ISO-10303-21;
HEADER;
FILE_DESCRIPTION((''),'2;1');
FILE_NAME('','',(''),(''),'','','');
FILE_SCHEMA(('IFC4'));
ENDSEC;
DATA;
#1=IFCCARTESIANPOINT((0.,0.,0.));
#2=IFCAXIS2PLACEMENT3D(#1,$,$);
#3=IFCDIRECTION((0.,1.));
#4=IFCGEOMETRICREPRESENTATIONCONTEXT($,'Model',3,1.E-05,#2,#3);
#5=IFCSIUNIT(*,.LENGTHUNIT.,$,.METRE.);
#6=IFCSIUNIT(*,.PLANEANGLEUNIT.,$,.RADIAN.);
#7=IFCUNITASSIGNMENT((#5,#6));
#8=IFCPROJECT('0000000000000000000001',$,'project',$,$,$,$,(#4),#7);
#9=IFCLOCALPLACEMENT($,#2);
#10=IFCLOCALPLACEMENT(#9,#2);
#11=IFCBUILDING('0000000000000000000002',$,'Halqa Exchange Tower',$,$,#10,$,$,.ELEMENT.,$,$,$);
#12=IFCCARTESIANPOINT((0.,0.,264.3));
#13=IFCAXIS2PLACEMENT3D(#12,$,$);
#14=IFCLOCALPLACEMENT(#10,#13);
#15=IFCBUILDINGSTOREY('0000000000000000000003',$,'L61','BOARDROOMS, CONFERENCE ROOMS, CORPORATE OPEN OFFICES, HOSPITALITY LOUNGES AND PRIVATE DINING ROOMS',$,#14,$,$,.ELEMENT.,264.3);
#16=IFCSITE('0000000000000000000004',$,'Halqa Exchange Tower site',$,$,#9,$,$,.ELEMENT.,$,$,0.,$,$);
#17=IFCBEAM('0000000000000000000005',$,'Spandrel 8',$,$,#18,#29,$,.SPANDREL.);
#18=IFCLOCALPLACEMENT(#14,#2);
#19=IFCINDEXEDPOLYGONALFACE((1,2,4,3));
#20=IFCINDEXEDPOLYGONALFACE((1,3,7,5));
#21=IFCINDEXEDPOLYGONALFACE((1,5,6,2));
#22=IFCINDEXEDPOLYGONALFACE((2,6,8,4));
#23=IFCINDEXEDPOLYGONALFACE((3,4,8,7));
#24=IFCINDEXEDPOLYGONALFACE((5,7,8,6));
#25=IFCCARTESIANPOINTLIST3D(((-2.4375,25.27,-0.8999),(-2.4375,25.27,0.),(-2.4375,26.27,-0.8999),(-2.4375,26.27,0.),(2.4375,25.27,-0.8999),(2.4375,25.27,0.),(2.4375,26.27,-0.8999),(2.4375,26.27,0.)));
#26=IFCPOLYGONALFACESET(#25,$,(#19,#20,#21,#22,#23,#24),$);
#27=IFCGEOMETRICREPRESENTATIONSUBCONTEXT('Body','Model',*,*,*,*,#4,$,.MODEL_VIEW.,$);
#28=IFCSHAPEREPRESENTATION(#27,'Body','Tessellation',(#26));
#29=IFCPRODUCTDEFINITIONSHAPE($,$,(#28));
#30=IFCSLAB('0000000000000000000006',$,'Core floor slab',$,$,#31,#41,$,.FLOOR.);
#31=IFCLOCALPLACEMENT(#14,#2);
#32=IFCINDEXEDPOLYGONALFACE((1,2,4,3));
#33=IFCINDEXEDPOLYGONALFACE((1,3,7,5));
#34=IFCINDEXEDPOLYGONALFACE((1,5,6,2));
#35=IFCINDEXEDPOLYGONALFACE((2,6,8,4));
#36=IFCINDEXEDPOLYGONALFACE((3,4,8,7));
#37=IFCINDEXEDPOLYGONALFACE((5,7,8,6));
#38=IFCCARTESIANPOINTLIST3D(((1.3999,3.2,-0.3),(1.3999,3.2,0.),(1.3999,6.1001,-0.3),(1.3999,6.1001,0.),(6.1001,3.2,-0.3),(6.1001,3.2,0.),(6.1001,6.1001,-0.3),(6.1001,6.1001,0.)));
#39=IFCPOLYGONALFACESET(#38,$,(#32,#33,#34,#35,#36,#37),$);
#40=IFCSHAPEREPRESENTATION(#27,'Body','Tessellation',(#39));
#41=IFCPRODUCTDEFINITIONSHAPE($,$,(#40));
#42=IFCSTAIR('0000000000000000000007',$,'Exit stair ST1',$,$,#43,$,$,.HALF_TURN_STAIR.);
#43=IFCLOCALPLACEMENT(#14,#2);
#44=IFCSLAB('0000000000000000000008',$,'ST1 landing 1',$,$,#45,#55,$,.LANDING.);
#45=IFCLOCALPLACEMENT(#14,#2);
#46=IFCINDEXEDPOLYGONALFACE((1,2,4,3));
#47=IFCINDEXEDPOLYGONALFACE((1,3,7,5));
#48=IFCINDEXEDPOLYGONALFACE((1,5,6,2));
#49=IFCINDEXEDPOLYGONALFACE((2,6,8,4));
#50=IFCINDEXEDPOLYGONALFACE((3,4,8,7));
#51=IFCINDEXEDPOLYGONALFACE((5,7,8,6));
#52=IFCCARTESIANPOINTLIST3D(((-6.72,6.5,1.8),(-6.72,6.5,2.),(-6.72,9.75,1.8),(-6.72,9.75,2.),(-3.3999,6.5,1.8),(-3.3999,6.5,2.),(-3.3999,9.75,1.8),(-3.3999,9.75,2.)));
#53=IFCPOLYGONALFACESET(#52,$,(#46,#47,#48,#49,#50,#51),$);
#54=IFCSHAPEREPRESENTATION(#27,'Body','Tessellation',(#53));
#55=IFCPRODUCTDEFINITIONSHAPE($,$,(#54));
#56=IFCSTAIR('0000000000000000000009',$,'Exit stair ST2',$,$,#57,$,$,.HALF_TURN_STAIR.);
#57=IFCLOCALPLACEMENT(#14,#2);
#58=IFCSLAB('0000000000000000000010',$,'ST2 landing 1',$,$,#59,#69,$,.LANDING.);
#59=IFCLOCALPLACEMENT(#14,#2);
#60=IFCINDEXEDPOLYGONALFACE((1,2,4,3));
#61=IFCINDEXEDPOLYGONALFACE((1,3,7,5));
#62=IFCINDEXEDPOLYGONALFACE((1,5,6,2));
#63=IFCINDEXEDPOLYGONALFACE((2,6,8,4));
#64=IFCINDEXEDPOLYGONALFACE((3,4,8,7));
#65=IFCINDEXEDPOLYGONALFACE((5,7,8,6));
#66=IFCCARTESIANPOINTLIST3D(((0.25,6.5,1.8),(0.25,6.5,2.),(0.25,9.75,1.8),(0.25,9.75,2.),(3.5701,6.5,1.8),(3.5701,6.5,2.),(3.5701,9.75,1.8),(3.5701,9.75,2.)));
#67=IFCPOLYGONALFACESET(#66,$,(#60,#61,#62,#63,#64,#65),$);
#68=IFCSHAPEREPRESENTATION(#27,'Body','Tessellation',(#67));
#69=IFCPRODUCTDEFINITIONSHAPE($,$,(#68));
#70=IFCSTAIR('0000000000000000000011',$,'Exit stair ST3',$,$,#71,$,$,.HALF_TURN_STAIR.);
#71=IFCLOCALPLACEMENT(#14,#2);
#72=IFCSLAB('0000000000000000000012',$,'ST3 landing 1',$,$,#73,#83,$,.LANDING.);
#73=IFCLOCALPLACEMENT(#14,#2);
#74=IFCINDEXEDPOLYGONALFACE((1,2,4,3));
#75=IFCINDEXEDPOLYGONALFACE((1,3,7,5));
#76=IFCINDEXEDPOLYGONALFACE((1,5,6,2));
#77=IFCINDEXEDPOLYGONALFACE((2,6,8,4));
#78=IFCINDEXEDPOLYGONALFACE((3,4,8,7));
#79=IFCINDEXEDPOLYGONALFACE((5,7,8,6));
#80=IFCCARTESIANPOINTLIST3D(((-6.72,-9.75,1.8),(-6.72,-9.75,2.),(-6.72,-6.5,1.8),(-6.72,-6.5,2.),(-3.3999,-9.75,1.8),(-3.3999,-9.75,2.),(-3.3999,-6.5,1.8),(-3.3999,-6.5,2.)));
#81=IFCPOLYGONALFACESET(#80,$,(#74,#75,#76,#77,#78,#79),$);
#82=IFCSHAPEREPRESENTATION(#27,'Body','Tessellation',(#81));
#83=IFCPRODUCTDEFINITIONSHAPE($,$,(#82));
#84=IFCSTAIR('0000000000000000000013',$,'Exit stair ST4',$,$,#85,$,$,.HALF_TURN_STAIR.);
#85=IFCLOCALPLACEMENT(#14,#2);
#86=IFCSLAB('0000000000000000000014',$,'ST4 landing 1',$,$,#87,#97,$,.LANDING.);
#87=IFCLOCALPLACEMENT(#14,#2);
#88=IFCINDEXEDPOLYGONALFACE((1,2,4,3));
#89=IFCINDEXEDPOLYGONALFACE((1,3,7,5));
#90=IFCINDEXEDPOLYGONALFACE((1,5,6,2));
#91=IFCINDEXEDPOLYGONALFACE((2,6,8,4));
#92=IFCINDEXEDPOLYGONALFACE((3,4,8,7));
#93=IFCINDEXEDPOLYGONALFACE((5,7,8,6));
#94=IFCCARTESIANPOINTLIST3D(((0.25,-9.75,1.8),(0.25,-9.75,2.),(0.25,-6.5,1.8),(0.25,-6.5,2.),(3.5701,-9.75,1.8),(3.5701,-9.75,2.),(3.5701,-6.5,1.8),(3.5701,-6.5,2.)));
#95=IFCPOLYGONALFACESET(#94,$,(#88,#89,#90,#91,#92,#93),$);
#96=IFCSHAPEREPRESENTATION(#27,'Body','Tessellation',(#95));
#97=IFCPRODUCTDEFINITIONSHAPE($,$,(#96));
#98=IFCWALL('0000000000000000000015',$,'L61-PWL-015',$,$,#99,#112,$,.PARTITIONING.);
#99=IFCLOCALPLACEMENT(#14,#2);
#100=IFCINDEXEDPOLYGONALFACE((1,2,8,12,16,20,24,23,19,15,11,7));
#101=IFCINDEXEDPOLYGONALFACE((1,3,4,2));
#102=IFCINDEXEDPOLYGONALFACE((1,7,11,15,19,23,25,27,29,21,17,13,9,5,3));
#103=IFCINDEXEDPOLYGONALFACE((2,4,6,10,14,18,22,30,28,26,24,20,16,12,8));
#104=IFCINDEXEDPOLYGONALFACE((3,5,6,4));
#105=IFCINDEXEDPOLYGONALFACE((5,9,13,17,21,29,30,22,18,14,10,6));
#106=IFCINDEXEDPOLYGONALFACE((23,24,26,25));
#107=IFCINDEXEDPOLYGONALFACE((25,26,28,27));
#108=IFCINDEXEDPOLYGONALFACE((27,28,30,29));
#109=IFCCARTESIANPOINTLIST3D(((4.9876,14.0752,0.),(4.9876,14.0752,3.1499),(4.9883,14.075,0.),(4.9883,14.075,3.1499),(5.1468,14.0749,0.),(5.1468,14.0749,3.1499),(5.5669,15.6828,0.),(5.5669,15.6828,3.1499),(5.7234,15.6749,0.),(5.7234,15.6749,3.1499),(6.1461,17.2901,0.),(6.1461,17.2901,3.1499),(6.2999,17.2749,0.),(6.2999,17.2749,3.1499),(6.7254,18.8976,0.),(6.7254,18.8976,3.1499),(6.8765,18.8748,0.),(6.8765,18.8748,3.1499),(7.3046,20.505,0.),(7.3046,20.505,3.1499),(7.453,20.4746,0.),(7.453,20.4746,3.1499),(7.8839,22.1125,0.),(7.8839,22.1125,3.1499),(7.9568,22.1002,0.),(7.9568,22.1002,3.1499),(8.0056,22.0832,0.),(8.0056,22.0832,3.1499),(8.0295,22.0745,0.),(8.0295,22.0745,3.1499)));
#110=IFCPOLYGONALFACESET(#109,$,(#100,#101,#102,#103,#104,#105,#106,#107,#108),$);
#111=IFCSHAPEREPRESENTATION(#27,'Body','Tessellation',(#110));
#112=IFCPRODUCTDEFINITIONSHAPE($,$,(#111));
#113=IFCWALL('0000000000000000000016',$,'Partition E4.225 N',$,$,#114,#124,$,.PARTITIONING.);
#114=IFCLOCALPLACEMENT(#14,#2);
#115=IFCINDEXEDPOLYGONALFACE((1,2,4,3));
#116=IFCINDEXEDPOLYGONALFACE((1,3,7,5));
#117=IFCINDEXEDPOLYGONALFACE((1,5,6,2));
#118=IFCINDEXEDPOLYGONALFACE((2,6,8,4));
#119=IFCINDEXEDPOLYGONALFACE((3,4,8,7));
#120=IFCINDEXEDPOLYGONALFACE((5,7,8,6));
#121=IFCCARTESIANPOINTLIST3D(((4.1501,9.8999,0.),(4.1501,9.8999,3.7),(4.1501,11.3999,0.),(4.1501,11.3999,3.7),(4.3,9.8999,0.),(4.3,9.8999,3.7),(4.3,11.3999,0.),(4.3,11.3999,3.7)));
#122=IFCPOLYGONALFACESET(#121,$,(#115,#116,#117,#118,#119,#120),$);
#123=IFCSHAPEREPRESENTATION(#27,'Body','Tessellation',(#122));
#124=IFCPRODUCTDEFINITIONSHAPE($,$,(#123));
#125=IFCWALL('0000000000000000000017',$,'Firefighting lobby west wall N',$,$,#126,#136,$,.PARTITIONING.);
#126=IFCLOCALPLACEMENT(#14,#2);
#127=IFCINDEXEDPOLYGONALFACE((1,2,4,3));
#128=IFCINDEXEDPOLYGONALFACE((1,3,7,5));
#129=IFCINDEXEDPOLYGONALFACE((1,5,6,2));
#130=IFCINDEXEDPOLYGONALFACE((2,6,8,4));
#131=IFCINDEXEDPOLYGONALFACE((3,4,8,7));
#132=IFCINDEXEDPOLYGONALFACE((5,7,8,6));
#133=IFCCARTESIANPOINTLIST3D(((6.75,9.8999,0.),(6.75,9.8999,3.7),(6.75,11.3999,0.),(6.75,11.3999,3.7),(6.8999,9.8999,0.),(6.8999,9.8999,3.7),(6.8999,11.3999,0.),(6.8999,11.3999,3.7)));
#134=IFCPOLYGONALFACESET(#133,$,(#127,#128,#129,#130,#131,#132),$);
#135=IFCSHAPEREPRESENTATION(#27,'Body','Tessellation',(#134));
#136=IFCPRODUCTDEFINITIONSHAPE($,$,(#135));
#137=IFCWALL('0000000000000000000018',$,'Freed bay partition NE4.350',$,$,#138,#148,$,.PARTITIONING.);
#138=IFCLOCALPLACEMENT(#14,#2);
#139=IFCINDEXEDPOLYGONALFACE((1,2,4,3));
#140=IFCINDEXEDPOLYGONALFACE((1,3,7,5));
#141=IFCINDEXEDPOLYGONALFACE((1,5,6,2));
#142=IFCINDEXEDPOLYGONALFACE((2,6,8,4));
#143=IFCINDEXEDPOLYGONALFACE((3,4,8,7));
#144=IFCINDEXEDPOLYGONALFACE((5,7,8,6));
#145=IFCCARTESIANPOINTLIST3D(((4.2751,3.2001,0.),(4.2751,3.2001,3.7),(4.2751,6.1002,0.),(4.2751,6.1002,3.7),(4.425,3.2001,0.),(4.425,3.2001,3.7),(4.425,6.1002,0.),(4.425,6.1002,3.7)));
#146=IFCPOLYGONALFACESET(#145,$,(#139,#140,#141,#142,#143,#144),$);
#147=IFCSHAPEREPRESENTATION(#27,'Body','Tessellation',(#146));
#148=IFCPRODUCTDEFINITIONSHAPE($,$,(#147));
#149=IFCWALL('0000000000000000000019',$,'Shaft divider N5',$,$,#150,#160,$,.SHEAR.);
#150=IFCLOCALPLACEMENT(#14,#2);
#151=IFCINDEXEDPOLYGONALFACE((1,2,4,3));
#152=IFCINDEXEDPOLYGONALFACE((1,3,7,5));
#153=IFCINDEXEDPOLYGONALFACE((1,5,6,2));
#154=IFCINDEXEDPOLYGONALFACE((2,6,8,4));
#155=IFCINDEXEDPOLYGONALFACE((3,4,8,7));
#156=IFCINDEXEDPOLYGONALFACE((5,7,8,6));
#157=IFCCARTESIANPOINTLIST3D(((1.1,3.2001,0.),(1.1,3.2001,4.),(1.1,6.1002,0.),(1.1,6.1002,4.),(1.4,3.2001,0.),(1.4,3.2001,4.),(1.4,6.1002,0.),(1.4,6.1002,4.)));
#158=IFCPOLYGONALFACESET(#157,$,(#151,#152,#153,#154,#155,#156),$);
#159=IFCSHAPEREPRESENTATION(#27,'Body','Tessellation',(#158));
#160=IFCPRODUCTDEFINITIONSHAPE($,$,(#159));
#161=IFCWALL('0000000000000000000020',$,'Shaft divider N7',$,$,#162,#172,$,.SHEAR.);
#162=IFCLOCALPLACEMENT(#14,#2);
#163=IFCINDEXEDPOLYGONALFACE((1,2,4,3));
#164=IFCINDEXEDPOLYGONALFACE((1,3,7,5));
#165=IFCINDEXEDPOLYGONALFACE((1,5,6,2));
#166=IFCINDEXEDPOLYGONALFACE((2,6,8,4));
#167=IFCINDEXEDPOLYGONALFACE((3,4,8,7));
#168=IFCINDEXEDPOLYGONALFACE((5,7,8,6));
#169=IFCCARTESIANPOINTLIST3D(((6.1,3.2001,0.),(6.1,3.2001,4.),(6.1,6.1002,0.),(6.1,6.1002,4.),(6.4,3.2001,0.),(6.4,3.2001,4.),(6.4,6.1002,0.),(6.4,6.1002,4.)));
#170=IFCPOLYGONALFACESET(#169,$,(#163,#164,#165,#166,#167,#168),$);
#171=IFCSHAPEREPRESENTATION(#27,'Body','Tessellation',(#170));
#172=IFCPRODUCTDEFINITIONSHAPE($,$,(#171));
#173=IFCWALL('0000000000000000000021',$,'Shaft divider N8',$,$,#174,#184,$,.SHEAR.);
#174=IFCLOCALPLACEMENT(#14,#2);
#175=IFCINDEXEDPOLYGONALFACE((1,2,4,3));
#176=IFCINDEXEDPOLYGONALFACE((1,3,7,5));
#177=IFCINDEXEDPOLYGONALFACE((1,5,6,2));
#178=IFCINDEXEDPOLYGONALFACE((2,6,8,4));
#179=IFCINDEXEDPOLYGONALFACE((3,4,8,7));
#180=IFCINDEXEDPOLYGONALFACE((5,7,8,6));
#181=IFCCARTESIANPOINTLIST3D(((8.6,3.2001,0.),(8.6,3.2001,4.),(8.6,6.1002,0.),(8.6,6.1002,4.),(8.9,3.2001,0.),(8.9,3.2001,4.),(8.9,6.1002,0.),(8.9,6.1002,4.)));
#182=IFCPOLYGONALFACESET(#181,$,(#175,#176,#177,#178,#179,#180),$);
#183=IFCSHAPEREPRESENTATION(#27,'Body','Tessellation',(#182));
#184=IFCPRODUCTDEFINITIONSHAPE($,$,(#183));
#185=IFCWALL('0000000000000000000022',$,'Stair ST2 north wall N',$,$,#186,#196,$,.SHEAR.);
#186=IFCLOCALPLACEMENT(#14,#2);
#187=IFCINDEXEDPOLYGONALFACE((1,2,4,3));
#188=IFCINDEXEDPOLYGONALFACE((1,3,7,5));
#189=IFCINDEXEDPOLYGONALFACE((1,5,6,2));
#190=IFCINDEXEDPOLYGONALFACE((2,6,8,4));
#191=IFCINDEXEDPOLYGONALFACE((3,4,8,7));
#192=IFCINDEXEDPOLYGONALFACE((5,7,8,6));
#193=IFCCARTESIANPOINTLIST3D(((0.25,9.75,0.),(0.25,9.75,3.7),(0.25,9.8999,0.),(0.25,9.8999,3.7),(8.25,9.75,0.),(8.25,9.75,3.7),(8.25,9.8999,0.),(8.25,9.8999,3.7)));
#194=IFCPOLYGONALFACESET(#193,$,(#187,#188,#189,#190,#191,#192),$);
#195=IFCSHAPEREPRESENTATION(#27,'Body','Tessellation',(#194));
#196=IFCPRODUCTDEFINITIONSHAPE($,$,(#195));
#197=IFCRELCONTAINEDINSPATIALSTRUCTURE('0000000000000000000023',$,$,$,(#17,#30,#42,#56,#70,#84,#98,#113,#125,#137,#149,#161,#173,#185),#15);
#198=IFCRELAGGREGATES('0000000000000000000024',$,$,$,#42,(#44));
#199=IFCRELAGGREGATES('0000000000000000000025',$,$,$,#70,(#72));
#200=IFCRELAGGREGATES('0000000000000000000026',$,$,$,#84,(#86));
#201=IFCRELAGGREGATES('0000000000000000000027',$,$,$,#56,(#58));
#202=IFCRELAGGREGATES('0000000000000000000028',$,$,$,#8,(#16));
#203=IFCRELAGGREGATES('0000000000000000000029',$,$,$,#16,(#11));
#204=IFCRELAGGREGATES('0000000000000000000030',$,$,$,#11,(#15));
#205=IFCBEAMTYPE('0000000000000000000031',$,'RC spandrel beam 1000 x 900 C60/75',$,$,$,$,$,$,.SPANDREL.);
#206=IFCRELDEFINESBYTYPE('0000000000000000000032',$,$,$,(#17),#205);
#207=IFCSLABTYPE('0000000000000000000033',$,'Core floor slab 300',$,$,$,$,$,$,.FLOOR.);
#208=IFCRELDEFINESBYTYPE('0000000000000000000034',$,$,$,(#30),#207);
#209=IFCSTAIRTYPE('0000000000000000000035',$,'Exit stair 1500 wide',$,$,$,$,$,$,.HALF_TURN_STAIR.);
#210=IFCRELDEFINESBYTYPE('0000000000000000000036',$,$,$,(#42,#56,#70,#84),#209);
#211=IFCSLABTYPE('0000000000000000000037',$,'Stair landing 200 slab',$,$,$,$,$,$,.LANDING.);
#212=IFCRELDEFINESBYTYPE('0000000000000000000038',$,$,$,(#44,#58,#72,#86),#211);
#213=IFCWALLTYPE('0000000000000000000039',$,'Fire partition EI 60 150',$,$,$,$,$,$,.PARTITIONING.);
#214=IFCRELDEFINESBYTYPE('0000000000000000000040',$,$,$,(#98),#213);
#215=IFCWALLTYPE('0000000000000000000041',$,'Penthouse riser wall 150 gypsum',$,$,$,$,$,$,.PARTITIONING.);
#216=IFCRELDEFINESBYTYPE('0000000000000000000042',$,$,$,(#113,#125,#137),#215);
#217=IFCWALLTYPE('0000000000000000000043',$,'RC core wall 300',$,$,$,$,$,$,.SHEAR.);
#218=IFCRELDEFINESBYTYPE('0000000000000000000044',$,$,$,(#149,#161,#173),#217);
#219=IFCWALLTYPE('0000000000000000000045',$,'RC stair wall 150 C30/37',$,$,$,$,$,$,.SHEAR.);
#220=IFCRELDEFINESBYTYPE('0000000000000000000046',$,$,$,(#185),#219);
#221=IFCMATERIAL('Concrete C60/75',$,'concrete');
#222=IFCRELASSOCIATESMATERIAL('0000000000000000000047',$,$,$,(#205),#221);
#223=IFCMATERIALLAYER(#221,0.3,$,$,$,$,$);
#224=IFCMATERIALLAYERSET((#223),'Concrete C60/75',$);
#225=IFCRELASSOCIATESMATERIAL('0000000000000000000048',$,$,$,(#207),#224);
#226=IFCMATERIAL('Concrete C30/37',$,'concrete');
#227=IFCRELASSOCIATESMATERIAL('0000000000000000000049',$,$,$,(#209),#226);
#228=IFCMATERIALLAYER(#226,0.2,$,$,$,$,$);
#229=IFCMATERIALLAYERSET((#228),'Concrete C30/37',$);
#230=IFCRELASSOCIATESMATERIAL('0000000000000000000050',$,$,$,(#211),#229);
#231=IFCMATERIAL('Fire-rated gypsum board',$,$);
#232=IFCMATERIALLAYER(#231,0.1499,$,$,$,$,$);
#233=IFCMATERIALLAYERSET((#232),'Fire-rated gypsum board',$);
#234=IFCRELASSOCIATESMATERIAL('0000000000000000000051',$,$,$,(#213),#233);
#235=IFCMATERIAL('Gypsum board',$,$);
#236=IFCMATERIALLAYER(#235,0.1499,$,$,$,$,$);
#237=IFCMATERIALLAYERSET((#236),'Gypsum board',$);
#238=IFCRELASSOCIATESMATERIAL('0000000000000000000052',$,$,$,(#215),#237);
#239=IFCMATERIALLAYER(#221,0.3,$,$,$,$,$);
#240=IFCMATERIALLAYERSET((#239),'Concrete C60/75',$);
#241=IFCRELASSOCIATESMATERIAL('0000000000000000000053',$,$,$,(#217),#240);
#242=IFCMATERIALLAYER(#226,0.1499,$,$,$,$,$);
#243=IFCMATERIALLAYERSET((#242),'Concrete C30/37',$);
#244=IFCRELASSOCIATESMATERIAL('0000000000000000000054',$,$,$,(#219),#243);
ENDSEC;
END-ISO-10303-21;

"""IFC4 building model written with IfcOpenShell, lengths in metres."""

from ifc_helpers import new_model, si_unit, direction, frame, frame_2d, origin, origin_2d, place, context, subcontext, project, spatial, polyline, rectangle, outline, extrude, material, layer, layer_set, material_profile, profile_set, type_object, element, aggregate, save


model = new_model("IFC4")

# Units and contexts
model_context = context("Model", 3, precision=1e-05, world=origin(), true_north=direction((0.0, 1.0)))
body_context = subcontext(model_context, "Body", "Model", "MODEL_VIEW")
ifc_project = project(units=[si_unit("LENGTHUNIT", "METRE"), si_unit("PLANEANGLEUNIT", "RADIAN")], contexts=[model_context])

# Site, building, storey
site_placement = place(None, origin())
site = spatial("IfcSite", under=ifc_project, at=site_placement, Name="Halqa Exchange Tower site", CompositionType="ELEMENT", RefElevation=0.0)
building_placement = place(site_placement, origin())
building = spatial("IfcBuilding", under=site, at=building_placement, Name="Halqa Exchange Tower", CompositionType="ELEMENT")
storey_placement = place(building_placement, frame((0.0, 0.0, 264.3)))
storey = spatial("IfcBuildingStorey", under=building, at=storey_placement, Name="L61", Description="BOARDROOMS, CONFERENCE ROOMS, CORPORATE OPEN OFFICES, HOSPITALITY LOUNGES AND PRIVATE DINING ROOMS", CompositionType="ELEMENT", Elevation=264.3)

# Shared definitions
ifc_material_1 = material(Name="Concrete C60/75", Category="concrete")

# Beam
ifc_material_profile_1 = material_profile(ifc_material_1, rectangle(XDim=1.0, YDim=0.8999, at=origin_2d()), Name="1000 x 900")
ifc_profile_set_1 = profile_set([ifc_material_profile_1], Name="Concrete C60/75")
beam_type_1 = type_object("IfcBeamType", Name="RC spandrel beam 1000 x 900 C60/75", PredefinedType="SPANDREL", material=ifc_profile_set_1)
beam_1_placement = place(storey_placement, frame((2.4375, 25.77, -0.45), z_axis=(-1.0, 0.0, 0.0), x_axis=(0.0, -1.0, 0.0)))
element("IfcBeam", 1, at=beam_1_placement, inside=storey, type_object=beam_type_1, Name="Spandrel 8", PredefinedType="SPANDREL", context=body_context, shape_type="SweptSolid", body=[
    extrude(rectangle(XDim=1.0, YDim=0.8999, at=origin_2d()), origin(), (0.0, 0.0, 1.0), 4.875),
])

# Slab
ifc_layer_1 = layer(ifc_material_1, 0.3)
ifc_layer_set_1 = layer_set([ifc_layer_1], Name="Concrete C60/75")
slab_type_1 = type_object("IfcSlabType", Name="Core floor slab 300", PredefinedType="FLOOR", material=ifc_layer_set_1)
slab_1_placement = place(storey_placement, frame((0.0, 0.0, -0.3)))
element("IfcSlab", 2, at=slab_1_placement, inside=storey, type_object=slab_type_1, Name="Core floor slab", PredefinedType="FLOOR", context=body_context, shape_type="SweptSolid", body=[
    extrude(outline(polyline([(6.1001, 6.1001), (6.1001, 3.2), (1.3999, 3.2), (1.3999, 6.1001), (6.1001, 6.1001)])), origin(), (0.0, 0.0, 1.0), 0.3),
])

# Stairs, slabs
ifc_material_2 = material(Name="Concrete C30/37", Category="concrete")
stair_type = type_object("IfcStairType", Name="Exit stair 1500 wide", PredefinedType="HALF_TURN_STAIR", material=ifc_material_2)
stair_1_placement = place(storey_placement, origin())
stair_1 = element("IfcStair", 3, at=stair_1_placement, inside=storey, type_object=stair_type, Name="Exit stair ST1", PredefinedType="HALF_TURN_STAIR")
ifc_layer_2 = layer(ifc_material_2, 0.2)
ifc_layer_set_2 = layer_set([ifc_layer_2], Name="Concrete C30/37")
slab_type_2 = type_object("IfcSlabType", Name="Stair landing 200 slab", PredefinedType="LANDING", material=ifc_layer_set_2)
slab_2_placement = place(storey_placement, frame((0.0, 0.0, 1.8)))
slab_2 = element("IfcSlab", 4, at=slab_2_placement, type_object=slab_type_2, Name="ST1 landing 1", PredefinedType="LANDING", context=body_context, shape_type="SweptSolid", body=[
    extrude(outline(polyline([(-6.72, 6.5), (-3.3999, 6.5), (-3.3999, 9.75), (-6.72, 9.75), (-6.72, 6.5)])), origin(), (0.0, 0.0, 1.0), 0.2),
])
aggregate(stair_1, [slab_2])
stair_2_placement = place(storey_placement, origin())
stair_2 = element("IfcStair", 5, at=stair_2_placement, inside=storey, type_object=stair_type, Name="Exit stair ST2", PredefinedType="HALF_TURN_STAIR")
slab_3_placement = place(storey_placement, frame((0.0, 0.0, 1.8)))
slab_3 = element("IfcSlab", 6, at=slab_3_placement, type_object=slab_type_2, Name="ST2 landing 1", PredefinedType="LANDING", context=body_context, shape_type="SweptSolid", body=[
    extrude(outline(polyline([(0.25, 6.5), (3.5701, 6.5), (3.5701, 9.75), (0.25, 9.75), (0.25, 6.5)])), origin(), (0.0, 0.0, 1.0), 0.2),
])
stair_3_placement = place(storey_placement, origin())
stair_3 = element("IfcStair", 7, at=stair_3_placement, inside=storey, type_object=stair_type, Name="Exit stair ST3", PredefinedType="HALF_TURN_STAIR")
slab_4_placement = place(storey_placement, frame((0.0, 0.0, 1.8)))
slab_4 = element("IfcSlab", 8, at=slab_4_placement, type_object=slab_type_2, Name="ST3 landing 1", PredefinedType="LANDING", context=body_context, shape_type="SweptSolid", body=[
    extrude(outline(polyline([(-6.72, -9.75), (-3.3999, -9.75), (-3.3999, -6.5), (-6.72, -6.5), (-6.72, -9.75)])), origin(), (0.0, 0.0, 1.0), 0.2),
])
aggregate(stair_3, [slab_4])
stair_4_placement = place(storey_placement, origin())
stair_4 = element("IfcStair", 9, at=stair_4_placement, inside=storey, type_object=stair_type, Name="Exit stair ST4", PredefinedType="HALF_TURN_STAIR")
slab_5_placement = place(storey_placement, frame((0.0, 0.0, 1.8)))
slab_5 = element("IfcSlab", 10, at=slab_5_placement, type_object=slab_type_2, Name="ST4 landing 1", PredefinedType="LANDING", context=body_context, shape_type="SweptSolid", body=[
    extrude(outline(polyline([(0.25, -9.75), (3.5701, -9.75), (3.5701, -6.5), (0.25, -6.5), (0.25, -9.75)])), origin(), (0.0, 0.0, 1.0), 0.2),
])
aggregate(stair_4, [slab_5])

# Walls
ifc_material_3 = material(Name="Fire-rated gypsum board")
ifc_layer_3 = layer(ifc_material_3, 0.1499)
ifc_layer_set_3 = layer_set([ifc_layer_3], Name="Fire-rated gypsum board")
wall_type_1 = type_object("IfcWallType", Name="Fire partition EI 60 150", PredefinedType="PARTITIONING", material=ifc_layer_set_3)
wall_1_placement = place(storey_placement, frame((5.0581, 14.0498, 0.0), z_axis=(0.0, 0.0, 1.0), x_axis=(0.339015, 0.940781, 0.0)))
element("IfcWall", 11, at=wall_1_placement, inside=storey, type_object=wall_type_1, Name="L61-PWL-015", PredefinedType="PARTITIONING", context=body_context, shape_type="SweptSolid", body=[
    extrude(outline(polyline([(8.5569, -0.075), (8.5569, -0.0496), (8.5564, 0.0022), (8.5432, 0.075), (6.8345, 0.075), (5.126, 0.075), (3.4172, 0.075), (1.7087, 0.075), (0.0, 0.075), (0.0, 0.0742), (0.0537, -0.075), (1.7544, -0.075), (3.4551, -0.075), (5.1558, -0.075), (6.8562, -0.075), (8.5569, -0.075)])), origin(), (0.0, 0.0, 1.0), 3.1499),
])
ifc_material_4 = material(Name="Gypsum board")
ifc_layer_4 = layer(ifc_material_4, 0.1499)
ifc_layer_set_4 = layer_set([ifc_layer_4], Name="Gypsum board")
wall_type_2 = type_object("IfcWallType", Name="Penthouse riser wall 150 gypsum", PredefinedType="PARTITIONING", material=ifc_layer_set_4)
for number, where, z_axis, x_axis, name in (
    (12, (4.2251, 9.8999, 0.0), (0.0, 0.0, 1.0), (0.0, 1.0, 0.0), "Partition E4.225 N"),
    (13, (6.825, 9.8999, 0.0), (0.0, 0.0, 1.0), (0.0, 1.0, 0.0), "Firefighting lobby west wall N"),
):
    element("IfcWall", number, at=place(storey_placement, frame(where, z_axis=z_axis, x_axis=x_axis)), inside=storey, type_object=wall_type_2, Name=name, PredefinedType="PARTITIONING", context=body_context, shape_type="SweptSolid", body=[
        extrude(rectangle(XDim=1.5, YDim=0.1499, at=frame_2d((0.75, 0.0))), origin(), (0.0, 0.0, 1.0), 3.7),
    ])
wall_2_placement = place(storey_placement, frame((4.3501, 3.2, 0.0), z_axis=(0.0, 0.0, 1.0), x_axis=(0.0, 1.0, 0.0)))
element("IfcWall", 14, at=wall_2_placement, inside=storey, type_object=wall_type_2, Name="Freed bay partition NE4.350", PredefinedType="PARTITIONING", context=body_context, shape_type="SweptSolid", body=[
    extrude(rectangle(XDim=2.9001, YDim=0.1499, at=frame_2d((1.4502, 0.0))), origin(), (0.0, 0.0, 1.0), 3.7),
])
ifc_layer_5 = layer(ifc_material_1, 0.3)
ifc_layer_set_5 = layer_set([ifc_layer_5], Name="Concrete C60/75")
wall_type_3 = type_object("IfcWallType", Name="RC core wall 300", PredefinedType="SHEAR", material=ifc_layer_set_5)
for number, where, z_axis, x_axis, name in (
    (15, (1.25, 3.2, 0.0), (0.0, 0.0, 1.0), (0.0, 1.0, 0.0), "Shaft divider N5"),
    (16, (6.25, 3.2, 0.0), (0.0, 0.0, 1.0), (0.0, 1.0, 0.0), "Shaft divider N7"),
    (17, (8.75, 3.2, 0.0), (0.0, 0.0, 1.0), (0.0, 1.0, 0.0), "Shaft divider N8"),
):
    element("IfcWall", number, at=place(storey_placement, frame(where, z_axis=z_axis, x_axis=x_axis)), inside=storey, type_object=wall_type_3, Name=name, PredefinedType="SHEAR", context=body_context, shape_type="SweptSolid", body=[
        extrude(rectangle(XDim=2.9001, YDim=0.3, at=frame_2d((1.4502, 0.0))), origin(), (0.0, 0.0, 1.0), 4.0),
    ])
ifc_layer_6 = layer(ifc_material_2, 0.1499)
ifc_layer_set_6 = layer_set([ifc_layer_6], Name="Concrete C30/37")
wall_type_4 = type_object("IfcWallType", Name="RC stair wall 150 C30/37", PredefinedType="SHEAR", material=ifc_layer_set_6)
wall_3_placement = place(storey_placement, frame((0.25, 9.825, 0.0), z_axis=(0.0, 0.0, 1.0), x_axis=(1.0, 0.0, 0.0)))
element("IfcWall", 18, at=wall_3_placement, inside=storey, type_object=wall_type_4, Name="Stair ST2 north wall N", PredefinedType="SHEAR", context=body_context, shape_type="SweptSolid", body=[
    extrude(rectangle(XDim=8.0, YDim=0.1499, at=frame_2d((4.0, 0.0))), origin(), (0.0, 0.0, 1.0), 3.7),
])

aggregate(stair_2, [slab_3])

save(model, "model.ifc")
